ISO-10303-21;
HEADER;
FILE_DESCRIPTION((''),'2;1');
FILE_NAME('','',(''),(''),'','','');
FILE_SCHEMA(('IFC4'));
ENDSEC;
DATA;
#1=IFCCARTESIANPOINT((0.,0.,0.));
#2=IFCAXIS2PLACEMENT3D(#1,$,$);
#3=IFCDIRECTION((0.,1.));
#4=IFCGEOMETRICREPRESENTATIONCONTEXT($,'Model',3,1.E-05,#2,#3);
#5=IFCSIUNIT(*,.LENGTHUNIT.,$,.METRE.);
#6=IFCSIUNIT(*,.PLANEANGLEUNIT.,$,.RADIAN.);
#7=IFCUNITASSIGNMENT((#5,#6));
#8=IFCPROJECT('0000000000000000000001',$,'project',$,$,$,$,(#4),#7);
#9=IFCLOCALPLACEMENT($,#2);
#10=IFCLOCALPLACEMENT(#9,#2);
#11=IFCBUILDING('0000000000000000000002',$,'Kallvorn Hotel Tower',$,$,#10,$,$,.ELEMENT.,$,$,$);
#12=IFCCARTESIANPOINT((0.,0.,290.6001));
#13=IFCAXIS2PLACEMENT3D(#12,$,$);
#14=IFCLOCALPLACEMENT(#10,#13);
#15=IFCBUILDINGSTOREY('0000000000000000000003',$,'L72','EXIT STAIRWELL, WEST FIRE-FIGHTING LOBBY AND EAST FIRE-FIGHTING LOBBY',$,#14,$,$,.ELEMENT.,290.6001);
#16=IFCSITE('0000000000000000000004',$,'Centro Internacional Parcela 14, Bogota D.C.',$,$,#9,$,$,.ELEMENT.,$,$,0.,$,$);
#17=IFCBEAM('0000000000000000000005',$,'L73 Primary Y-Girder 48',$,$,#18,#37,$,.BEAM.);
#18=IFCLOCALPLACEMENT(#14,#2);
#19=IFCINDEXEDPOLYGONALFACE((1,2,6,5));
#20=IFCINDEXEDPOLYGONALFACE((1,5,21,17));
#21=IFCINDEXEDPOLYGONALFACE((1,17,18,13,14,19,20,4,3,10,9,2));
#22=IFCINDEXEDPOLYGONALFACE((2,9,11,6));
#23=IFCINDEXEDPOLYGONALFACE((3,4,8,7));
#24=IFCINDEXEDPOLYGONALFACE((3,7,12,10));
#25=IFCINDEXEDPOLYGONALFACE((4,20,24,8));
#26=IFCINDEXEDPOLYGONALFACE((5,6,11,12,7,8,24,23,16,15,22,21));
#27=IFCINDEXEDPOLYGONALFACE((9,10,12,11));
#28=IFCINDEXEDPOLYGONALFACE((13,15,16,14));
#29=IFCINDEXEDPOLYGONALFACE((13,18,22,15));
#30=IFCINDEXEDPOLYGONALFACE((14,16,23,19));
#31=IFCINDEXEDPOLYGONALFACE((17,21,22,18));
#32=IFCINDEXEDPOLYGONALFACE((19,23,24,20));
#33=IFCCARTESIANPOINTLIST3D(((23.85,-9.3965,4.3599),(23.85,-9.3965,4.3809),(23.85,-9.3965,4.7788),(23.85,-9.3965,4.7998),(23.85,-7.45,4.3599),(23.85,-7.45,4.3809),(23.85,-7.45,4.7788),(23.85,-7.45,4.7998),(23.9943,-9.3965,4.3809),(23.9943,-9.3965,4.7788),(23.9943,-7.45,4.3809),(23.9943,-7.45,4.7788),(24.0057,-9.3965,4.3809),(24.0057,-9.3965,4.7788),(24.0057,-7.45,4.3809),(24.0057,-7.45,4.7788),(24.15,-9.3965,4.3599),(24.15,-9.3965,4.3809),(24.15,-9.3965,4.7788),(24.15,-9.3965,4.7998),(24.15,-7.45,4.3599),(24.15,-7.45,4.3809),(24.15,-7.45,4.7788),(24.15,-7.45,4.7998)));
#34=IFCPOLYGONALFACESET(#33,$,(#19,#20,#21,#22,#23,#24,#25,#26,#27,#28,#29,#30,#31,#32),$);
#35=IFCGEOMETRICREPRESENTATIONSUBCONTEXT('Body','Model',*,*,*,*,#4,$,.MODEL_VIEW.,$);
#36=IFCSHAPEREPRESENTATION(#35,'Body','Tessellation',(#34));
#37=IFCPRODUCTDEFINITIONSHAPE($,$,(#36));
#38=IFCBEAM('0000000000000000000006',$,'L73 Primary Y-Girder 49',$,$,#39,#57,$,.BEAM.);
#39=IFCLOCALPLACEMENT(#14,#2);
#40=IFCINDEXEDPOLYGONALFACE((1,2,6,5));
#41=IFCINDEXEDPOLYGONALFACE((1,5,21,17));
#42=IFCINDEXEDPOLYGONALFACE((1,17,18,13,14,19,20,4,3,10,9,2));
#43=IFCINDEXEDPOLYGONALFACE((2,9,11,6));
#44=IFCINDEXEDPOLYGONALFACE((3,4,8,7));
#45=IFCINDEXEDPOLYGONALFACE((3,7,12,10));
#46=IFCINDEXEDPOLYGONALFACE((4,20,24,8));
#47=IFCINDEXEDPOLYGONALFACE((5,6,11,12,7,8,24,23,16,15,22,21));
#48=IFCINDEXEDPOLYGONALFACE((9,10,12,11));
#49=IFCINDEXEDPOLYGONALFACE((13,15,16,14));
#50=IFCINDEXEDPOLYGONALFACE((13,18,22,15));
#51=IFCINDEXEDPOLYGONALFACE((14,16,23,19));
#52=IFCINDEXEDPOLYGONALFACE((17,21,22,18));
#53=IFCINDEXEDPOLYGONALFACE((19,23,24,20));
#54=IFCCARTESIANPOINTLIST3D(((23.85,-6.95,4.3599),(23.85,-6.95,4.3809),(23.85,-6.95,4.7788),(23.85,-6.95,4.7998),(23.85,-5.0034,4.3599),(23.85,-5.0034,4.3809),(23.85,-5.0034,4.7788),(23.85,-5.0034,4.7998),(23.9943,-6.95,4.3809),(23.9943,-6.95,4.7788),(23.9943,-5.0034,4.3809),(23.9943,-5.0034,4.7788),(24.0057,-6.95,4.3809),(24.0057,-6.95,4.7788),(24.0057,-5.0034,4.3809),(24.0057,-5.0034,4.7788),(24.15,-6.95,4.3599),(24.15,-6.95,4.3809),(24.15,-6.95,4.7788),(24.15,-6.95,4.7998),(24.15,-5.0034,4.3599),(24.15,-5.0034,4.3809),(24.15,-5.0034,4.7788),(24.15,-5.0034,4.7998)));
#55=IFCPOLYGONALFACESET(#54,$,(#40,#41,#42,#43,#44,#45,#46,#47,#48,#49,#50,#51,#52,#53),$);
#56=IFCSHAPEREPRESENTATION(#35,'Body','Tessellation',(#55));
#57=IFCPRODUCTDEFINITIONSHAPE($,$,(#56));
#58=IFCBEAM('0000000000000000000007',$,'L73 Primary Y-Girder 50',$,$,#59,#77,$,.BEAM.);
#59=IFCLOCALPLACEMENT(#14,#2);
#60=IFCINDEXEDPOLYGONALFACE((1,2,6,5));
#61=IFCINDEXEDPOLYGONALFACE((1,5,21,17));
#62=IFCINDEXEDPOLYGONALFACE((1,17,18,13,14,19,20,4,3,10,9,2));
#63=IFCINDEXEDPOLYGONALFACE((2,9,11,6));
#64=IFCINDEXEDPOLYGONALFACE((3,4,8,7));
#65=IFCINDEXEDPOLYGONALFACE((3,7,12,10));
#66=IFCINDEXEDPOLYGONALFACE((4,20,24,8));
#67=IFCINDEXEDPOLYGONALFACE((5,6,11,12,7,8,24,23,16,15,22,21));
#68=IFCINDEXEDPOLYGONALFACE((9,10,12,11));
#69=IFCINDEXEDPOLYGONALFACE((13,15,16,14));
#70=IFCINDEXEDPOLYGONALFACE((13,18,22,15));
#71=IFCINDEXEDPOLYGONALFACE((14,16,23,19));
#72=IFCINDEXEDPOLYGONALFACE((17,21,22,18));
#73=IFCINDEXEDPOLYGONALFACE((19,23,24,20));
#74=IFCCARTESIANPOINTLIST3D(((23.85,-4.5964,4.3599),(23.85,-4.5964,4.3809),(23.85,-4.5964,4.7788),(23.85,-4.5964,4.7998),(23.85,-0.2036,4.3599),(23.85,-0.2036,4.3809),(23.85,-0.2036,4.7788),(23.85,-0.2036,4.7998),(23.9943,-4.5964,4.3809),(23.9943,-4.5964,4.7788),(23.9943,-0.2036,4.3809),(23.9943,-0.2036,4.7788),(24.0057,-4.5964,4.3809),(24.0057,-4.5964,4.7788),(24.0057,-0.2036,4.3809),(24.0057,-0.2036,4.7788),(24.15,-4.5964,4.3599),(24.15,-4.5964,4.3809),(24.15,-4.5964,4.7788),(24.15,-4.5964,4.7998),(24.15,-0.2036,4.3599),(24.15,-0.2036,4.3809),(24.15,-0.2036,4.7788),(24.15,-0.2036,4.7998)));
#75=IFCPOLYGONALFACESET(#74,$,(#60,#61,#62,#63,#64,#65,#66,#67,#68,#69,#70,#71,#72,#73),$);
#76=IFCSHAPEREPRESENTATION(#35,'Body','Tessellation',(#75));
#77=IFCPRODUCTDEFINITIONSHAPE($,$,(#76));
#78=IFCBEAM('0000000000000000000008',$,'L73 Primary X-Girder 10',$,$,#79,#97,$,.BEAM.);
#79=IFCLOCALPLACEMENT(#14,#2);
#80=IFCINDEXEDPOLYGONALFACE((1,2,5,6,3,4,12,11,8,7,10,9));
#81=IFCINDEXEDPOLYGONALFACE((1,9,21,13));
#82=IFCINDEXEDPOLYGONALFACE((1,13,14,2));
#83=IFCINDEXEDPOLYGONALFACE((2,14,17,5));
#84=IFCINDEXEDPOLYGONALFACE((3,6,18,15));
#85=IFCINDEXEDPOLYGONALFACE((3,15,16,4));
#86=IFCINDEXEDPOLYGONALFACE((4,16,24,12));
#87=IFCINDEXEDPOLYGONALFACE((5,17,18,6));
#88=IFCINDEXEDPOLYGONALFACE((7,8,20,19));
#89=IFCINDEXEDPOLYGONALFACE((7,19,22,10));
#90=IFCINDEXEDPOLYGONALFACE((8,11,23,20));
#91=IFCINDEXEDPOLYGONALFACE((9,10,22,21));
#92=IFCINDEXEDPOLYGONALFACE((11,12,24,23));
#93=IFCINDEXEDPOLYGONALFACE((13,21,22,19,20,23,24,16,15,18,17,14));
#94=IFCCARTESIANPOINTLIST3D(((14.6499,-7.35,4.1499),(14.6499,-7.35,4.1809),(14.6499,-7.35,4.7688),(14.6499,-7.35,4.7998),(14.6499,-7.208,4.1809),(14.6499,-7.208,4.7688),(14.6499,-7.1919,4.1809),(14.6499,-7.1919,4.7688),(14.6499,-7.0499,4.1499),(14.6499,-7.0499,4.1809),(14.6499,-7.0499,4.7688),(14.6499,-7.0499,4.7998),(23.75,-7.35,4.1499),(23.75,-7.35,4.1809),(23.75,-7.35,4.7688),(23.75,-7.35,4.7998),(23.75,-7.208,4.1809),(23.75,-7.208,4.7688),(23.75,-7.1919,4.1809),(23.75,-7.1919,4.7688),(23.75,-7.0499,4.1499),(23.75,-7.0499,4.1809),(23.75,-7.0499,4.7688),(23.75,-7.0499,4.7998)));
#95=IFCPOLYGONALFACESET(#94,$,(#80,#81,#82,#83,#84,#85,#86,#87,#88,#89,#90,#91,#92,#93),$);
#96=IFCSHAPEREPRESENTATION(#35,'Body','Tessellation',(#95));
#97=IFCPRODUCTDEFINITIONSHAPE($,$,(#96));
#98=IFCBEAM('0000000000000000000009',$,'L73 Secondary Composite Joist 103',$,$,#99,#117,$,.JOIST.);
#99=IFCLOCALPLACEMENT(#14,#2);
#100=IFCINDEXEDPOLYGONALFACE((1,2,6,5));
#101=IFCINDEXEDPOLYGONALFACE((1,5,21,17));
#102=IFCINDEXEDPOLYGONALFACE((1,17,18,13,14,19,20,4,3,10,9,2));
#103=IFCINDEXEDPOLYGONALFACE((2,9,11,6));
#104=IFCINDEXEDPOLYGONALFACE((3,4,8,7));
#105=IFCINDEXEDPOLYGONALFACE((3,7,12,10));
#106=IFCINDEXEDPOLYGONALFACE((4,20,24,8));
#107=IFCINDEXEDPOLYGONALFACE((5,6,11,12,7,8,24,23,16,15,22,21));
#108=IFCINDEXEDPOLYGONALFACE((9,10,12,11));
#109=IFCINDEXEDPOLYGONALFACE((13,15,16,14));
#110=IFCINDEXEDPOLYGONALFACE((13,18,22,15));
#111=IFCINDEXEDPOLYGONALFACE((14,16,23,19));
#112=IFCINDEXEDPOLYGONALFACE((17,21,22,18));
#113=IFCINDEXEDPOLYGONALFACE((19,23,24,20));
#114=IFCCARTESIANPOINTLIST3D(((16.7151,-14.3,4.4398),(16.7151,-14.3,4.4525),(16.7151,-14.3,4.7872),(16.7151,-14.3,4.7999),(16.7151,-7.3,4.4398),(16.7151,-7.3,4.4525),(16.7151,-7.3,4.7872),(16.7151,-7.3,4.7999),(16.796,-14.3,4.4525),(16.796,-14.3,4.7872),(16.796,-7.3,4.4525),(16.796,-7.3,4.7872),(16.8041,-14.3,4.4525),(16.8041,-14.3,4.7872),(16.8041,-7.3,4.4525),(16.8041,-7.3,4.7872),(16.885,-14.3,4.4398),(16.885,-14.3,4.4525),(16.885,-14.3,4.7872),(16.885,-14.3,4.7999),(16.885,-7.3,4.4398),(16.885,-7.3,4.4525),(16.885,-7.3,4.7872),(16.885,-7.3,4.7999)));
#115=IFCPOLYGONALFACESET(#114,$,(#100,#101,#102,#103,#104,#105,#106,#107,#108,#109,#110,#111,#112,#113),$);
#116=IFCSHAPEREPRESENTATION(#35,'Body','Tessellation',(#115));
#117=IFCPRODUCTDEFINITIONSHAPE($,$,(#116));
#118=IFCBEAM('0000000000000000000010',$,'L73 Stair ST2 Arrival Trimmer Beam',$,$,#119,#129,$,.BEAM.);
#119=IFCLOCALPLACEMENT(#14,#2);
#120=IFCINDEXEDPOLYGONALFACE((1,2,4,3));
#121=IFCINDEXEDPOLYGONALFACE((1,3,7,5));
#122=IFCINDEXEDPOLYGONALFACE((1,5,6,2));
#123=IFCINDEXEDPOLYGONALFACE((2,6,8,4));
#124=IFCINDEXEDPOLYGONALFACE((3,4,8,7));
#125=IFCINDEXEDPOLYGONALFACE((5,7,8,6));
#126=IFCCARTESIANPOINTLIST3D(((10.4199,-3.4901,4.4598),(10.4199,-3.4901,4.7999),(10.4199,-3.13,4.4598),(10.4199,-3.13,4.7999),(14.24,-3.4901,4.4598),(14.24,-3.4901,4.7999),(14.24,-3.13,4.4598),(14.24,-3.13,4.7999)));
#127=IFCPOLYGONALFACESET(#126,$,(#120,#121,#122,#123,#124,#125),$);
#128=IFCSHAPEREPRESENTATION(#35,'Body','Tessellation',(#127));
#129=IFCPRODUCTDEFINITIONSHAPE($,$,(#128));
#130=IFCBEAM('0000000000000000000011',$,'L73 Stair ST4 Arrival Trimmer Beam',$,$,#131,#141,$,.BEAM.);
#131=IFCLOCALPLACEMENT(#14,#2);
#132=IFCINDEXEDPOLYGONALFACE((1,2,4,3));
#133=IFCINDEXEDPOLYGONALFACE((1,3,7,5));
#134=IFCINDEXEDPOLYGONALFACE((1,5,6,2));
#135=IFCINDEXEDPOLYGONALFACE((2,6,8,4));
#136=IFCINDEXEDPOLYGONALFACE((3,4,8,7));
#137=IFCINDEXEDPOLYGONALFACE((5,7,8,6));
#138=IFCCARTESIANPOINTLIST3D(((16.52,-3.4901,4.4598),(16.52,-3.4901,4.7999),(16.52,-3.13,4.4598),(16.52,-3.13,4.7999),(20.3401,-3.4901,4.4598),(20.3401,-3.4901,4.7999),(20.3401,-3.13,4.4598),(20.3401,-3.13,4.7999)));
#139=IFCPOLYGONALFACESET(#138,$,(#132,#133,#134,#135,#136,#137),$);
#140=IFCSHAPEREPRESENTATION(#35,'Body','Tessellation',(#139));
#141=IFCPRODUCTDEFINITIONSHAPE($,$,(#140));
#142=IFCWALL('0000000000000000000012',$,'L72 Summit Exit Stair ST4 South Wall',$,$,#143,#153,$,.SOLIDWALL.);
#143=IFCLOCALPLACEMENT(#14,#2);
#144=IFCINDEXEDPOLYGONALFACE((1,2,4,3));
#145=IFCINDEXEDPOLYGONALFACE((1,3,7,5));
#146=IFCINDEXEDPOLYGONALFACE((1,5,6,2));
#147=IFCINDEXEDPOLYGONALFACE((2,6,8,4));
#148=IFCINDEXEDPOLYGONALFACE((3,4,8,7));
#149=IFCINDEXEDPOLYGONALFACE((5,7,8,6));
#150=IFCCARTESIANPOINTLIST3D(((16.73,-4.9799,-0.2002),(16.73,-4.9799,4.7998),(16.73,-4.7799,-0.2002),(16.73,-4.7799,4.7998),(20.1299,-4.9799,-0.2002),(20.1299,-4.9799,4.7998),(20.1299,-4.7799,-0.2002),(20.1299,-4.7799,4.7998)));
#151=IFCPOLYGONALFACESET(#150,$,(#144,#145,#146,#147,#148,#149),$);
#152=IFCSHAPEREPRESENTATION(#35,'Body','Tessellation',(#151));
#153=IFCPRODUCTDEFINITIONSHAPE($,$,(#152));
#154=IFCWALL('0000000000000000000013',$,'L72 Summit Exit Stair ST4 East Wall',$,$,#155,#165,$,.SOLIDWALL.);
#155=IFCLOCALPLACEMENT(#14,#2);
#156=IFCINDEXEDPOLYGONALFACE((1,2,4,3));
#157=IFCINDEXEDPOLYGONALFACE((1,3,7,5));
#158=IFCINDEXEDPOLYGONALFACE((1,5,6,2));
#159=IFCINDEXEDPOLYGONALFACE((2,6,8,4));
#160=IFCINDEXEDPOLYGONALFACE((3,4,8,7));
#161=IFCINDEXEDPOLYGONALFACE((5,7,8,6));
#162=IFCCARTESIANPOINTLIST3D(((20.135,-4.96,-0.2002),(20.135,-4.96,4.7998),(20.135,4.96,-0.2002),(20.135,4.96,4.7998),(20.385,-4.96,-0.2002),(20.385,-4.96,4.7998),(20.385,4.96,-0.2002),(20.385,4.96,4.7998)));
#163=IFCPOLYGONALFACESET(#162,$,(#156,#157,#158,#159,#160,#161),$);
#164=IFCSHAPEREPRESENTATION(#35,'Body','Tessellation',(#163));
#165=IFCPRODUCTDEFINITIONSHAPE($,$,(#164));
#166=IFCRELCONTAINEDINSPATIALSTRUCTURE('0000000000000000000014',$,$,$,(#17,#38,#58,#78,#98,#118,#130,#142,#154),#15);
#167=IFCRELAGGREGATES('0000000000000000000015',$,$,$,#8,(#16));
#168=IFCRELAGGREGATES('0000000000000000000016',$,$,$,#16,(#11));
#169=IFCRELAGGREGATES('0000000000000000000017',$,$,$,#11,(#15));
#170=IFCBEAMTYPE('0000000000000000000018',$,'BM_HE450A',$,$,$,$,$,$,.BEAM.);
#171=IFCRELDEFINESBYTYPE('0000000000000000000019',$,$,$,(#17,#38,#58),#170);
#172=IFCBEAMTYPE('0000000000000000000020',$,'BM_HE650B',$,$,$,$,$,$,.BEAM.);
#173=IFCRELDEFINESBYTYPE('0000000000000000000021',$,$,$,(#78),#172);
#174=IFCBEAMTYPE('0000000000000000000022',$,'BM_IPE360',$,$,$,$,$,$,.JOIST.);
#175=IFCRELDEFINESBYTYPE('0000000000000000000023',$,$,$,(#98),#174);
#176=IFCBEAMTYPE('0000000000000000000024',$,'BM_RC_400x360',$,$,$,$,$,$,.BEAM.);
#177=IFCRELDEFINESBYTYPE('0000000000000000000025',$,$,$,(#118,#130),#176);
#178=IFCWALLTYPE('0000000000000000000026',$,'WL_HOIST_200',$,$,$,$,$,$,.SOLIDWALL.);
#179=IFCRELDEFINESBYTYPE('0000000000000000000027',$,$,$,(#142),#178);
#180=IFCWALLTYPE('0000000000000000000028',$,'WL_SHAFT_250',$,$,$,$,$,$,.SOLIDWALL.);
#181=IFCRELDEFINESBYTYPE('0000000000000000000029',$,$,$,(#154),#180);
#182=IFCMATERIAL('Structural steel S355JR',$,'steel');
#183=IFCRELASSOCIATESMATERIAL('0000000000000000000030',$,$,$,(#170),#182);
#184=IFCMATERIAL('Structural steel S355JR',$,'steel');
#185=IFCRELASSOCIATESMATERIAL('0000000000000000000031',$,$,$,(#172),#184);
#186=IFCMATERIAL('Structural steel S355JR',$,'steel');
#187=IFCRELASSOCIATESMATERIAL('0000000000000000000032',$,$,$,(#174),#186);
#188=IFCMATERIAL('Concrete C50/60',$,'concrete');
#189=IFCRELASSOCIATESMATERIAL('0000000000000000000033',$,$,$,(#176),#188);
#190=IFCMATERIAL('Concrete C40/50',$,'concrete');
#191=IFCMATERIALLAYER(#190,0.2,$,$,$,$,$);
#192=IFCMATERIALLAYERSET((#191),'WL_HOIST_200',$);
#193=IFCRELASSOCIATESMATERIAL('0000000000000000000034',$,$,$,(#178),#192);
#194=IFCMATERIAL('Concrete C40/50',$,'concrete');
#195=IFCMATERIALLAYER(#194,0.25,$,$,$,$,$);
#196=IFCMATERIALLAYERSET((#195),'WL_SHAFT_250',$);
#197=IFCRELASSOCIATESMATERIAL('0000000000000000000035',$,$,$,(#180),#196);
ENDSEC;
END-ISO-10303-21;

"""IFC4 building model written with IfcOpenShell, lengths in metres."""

from ifc_helpers import new_model, si_unit, direction, frame, frame_2d, origin, origin_2d, place, context, subcontext, project, spatial, rectangle, i_section, extrude, material, layer, layer_set, material_profile, profile_set, type_object, element, save


model = new_model("IFC4")

# Units and contexts
model_context = context("Model", 3, precision=1e-05, world=origin(), true_north=direction((0.0, 1.0)))
body_context = subcontext(model_context, "Body", "Model", "MODEL_VIEW")
ifc_project = project(units=[si_unit("LENGTHUNIT", "METRE"), si_unit("PLANEANGLEUNIT", "RADIAN")], contexts=[model_context])

# Site, building, storey
site_placement = place(None, origin())
site = spatial("IfcSite", under=ifc_project, at=site_placement, Name="Centro Internacional Parcela 14, Bogota D.C.", CompositionType="ELEMENT", RefElevation=0.0)
building_placement = place(site_placement, origin())
building = spatial("IfcBuilding", under=site, at=building_placement, Name="Kallvorn Hotel Tower", CompositionType="ELEMENT")
storey_placement = place(building_placement, frame((0.0, 0.0, 290.6001)))
storey = spatial("IfcBuildingStorey", under=building, at=storey_placement, Name="L72", Description="EXIT STAIRWELL, WEST FIRE-FIGHTING LOBBY AND EAST FIRE-FIGHTING LOBBY", CompositionType="ELEMENT", Elevation=290.6001)

# Beams
ifc_material_1 = material(Name="Structural steel S355JR", Category="steel")
ifc_material_profile_1 = material_profile(ifc_material_1, i_section(OverallWidth=0.3, OverallDepth=0.4399, WebThickness=0.0115, FlangeThickness=0.021, at=origin_2d()), Name="HE 450 A")
ifc_profile_set_1 = profile_set([ifc_material_profile_1], Name="Structural steel S355JR")
beam_type_1 = type_object("IfcBeamType", Name="BM_HE450A", PredefinedType="BEAM", material=ifc_profile_set_1)
for number, where, z_axis, x_axis, name in (
    (1, (24.0, -9.3965, 4.5798), (0.0, 1.0, 0.0), (-1.0, 0.0, 0.0), "L73 Primary Y-Girder 48"),
    (2, (24.0, -6.95, 4.5798), (0.0, 1.0, 0.0), (-1.0, 0.0, 0.0), "L73 Primary Y-Girder 49"),
):
    element("IfcBeam", number, at=place(storey_placement, frame(where, z_axis=z_axis, x_axis=x_axis)), inside=storey, type_object=beam_type_1, Name=name, PredefinedType="BEAM", context=body_context, shape_type="SweptSolid", body=[
        extrude(i_section(OverallWidth=0.3, OverallDepth=0.4399, WebThickness=0.0115, FlangeThickness=0.021, at=origin_2d()), origin(), (0.0, 0.0, 1.0), 1.9465),
    ])
beam_1_placement = place(storey_placement, frame((24.0, -4.5964, 4.5798), z_axis=(0.0, 1.0, 0.0), x_axis=(-1.0, 0.0, 0.0)))
element("IfcBeam", 3, at=beam_1_placement, inside=storey, type_object=beam_type_1, Name="L73 Primary Y-Girder 50", PredefinedType="BEAM", context=body_context, shape_type="SweptSolid", body=[
    extrude(i_section(OverallWidth=0.3, OverallDepth=0.4399, WebThickness=0.0115, FlangeThickness=0.021, at=origin_2d()), origin(), (0.0, 0.0, 1.0), 4.3928),
])
ifc_material_2 = material(Name="Structural steel S355JR", Category="steel")
ifc_material_profile_2 = material_profile(ifc_material_2, i_section(OverallWidth=0.3, OverallDepth=0.6499, WebThickness=0.0161, FlangeThickness=0.031, at=origin_2d()), Name="HE 650 B")
ifc_profile_set_2 = profile_set([ifc_material_profile_2], Name="Structural steel S355JR")
beam_type_2 = type_object("IfcBeamType", Name="BM_HE650B", PredefinedType="BEAM", material=ifc_profile_set_2)
beam_2_placement = place(storey_placement, frame((14.6499, -7.2, 4.4749), z_axis=(1.0, 0.0, 0.0), x_axis=(0.0, 1.0, 0.0)))
element("IfcBeam", 4, at=beam_2_placement, inside=storey, type_object=beam_type_2, Name="L73 Primary X-Girder 10", PredefinedType="BEAM", context=body_context, shape_type="SweptSolid", body=[
    extrude(i_section(OverallWidth=0.3, OverallDepth=0.6499, WebThickness=0.0161, FlangeThickness=0.031, at=origin_2d()), origin(), (0.0, 0.0, 1.0), 9.1001),
])
ifc_material_3 = material(Name="Structural steel S355JR", Category="steel")
ifc_material_profile_3 = material_profile(ifc_material_3, i_section(OverallWidth=0.1699, OverallDepth=0.3601, WebThickness=0.0081, FlangeThickness=0.0127, at=origin_2d()), Name="IPE 360")
ifc_profile_set_3 = profile_set([ifc_material_profile_3], Name="Structural steel S355JR")
beam_type_3 = type_object("IfcBeamType", Name="BM_IPE360", PredefinedType="JOIST", material=ifc_profile_set_3)
beam_3_placement = place(storey_placement, frame((16.8, -14.3, 4.6199), z_axis=(0.0, 1.0, 0.0), x_axis=(-1.0, 0.0, 0.0)))
element("IfcBeam", 5, at=beam_3_placement, inside=storey, type_object=beam_type_3, Name="L73 Secondary Composite Joist 103", PredefinedType="JOIST", context=body_context, shape_type="SweptSolid", body=[
    extrude(i_section(OverallWidth=0.1699, OverallDepth=0.3601, WebThickness=0.0081, FlangeThickness=0.0127, at=origin_2d()), origin(), (0.0, 0.0, 1.0), 7.0),
])
ifc_material_4 = material(Name="Concrete C50/60", Category="concrete")
ifc_material_profile_4 = material_profile(ifc_material_4, rectangle(XDim=0.3601, YDim=0.3401, at=origin_2d()), Name="RC 360x340")
ifc_profile_set_4 = profile_set([ifc_material_profile_4], Name="Concrete C50/60")
beam_type_4 = type_object("IfcBeamType", Name="BM_RC_400x360", PredefinedType="BEAM", material=ifc_profile_set_4)
for number, where, z_axis, x_axis, name in (
    (6, (14.24, -3.3101, 4.6299), (-1.0, 0.0, 0.0), (0.0, -1.0, 0.0), "L73 Stair ST2 Arrival Trimmer Beam"),
    (7, (20.3401, -3.3101, 4.6299), (-1.0, 0.0, 0.0), (0.0, -1.0, 0.0), "L73 Stair ST4 Arrival Trimmer Beam"),
):
    element("IfcBeam", number, at=place(storey_placement, frame(where, z_axis=z_axis, x_axis=x_axis)), inside=storey, type_object=beam_type_4, Name=name, PredefinedType="BEAM", context=body_context, shape_type="SweptSolid", body=[
        extrude(rectangle(XDim=0.3601, YDim=0.3401, at=origin_2d()), origin(), (0.0, 0.0, 1.0), 3.8201),
    ])

# Walls
ifc_material_5 = material(Name="Concrete C40/50", Category="concrete")
ifc_layer_1 = layer(ifc_material_5, 0.2)
ifc_layer_set_1 = layer_set([ifc_layer_1], Name="WL_HOIST_200")
wall_type_1 = type_object("IfcWallType", Name="WL_HOIST_200", PredefinedType="SOLIDWALL", material=ifc_layer_set_1)
wall_1_placement = place(storey_placement, frame((16.73, -4.8799, -0.2002), z_axis=(0.0, 0.0, 1.0), x_axis=(1.0, 0.0, 0.0)))
element("IfcWall", 8, at=wall_1_placement, inside=storey, type_object=wall_type_1, Name="L72 Summit Exit Stair ST4 South Wall", PredefinedType="SOLIDWALL", context=body_context, shape_type="SweptSolid", body=[
    extrude(rectangle(XDim=3.3999, YDim=0.2, at=frame_2d((1.7, 0.0))), origin(), (0.0, 0.0, 1.0), 5.0),
])
ifc_material_6 = material(Name="Concrete C40/50", Category="concrete")
ifc_layer_2 = layer(ifc_material_6, 0.25)
ifc_layer_set_2 = layer_set([ifc_layer_2], Name="WL_SHAFT_250")
wall_type_2 = type_object("IfcWallType", Name="WL_SHAFT_250", PredefinedType="SOLIDWALL", material=ifc_layer_set_2)
wall_2_placement = place(storey_placement, frame((20.26, -4.96, -0.2002), z_axis=(0.0, 0.0, 1.0), x_axis=(0.0, 1.0, 0.0)))
element("IfcWall", 9, at=wall_2_placement, inside=storey, type_object=wall_type_2, Name="L72 Summit Exit Stair ST4 East Wall", PredefinedType="SOLIDWALL", context=body_context, shape_type="SweptSolid", body=[
    extrude(rectangle(XDim=9.9199, YDim=0.25, at=frame_2d((4.96, 0.0))), origin(), (0.0, 0.0, 1.0), 5.0),
])

save(model, "model.ifc")
